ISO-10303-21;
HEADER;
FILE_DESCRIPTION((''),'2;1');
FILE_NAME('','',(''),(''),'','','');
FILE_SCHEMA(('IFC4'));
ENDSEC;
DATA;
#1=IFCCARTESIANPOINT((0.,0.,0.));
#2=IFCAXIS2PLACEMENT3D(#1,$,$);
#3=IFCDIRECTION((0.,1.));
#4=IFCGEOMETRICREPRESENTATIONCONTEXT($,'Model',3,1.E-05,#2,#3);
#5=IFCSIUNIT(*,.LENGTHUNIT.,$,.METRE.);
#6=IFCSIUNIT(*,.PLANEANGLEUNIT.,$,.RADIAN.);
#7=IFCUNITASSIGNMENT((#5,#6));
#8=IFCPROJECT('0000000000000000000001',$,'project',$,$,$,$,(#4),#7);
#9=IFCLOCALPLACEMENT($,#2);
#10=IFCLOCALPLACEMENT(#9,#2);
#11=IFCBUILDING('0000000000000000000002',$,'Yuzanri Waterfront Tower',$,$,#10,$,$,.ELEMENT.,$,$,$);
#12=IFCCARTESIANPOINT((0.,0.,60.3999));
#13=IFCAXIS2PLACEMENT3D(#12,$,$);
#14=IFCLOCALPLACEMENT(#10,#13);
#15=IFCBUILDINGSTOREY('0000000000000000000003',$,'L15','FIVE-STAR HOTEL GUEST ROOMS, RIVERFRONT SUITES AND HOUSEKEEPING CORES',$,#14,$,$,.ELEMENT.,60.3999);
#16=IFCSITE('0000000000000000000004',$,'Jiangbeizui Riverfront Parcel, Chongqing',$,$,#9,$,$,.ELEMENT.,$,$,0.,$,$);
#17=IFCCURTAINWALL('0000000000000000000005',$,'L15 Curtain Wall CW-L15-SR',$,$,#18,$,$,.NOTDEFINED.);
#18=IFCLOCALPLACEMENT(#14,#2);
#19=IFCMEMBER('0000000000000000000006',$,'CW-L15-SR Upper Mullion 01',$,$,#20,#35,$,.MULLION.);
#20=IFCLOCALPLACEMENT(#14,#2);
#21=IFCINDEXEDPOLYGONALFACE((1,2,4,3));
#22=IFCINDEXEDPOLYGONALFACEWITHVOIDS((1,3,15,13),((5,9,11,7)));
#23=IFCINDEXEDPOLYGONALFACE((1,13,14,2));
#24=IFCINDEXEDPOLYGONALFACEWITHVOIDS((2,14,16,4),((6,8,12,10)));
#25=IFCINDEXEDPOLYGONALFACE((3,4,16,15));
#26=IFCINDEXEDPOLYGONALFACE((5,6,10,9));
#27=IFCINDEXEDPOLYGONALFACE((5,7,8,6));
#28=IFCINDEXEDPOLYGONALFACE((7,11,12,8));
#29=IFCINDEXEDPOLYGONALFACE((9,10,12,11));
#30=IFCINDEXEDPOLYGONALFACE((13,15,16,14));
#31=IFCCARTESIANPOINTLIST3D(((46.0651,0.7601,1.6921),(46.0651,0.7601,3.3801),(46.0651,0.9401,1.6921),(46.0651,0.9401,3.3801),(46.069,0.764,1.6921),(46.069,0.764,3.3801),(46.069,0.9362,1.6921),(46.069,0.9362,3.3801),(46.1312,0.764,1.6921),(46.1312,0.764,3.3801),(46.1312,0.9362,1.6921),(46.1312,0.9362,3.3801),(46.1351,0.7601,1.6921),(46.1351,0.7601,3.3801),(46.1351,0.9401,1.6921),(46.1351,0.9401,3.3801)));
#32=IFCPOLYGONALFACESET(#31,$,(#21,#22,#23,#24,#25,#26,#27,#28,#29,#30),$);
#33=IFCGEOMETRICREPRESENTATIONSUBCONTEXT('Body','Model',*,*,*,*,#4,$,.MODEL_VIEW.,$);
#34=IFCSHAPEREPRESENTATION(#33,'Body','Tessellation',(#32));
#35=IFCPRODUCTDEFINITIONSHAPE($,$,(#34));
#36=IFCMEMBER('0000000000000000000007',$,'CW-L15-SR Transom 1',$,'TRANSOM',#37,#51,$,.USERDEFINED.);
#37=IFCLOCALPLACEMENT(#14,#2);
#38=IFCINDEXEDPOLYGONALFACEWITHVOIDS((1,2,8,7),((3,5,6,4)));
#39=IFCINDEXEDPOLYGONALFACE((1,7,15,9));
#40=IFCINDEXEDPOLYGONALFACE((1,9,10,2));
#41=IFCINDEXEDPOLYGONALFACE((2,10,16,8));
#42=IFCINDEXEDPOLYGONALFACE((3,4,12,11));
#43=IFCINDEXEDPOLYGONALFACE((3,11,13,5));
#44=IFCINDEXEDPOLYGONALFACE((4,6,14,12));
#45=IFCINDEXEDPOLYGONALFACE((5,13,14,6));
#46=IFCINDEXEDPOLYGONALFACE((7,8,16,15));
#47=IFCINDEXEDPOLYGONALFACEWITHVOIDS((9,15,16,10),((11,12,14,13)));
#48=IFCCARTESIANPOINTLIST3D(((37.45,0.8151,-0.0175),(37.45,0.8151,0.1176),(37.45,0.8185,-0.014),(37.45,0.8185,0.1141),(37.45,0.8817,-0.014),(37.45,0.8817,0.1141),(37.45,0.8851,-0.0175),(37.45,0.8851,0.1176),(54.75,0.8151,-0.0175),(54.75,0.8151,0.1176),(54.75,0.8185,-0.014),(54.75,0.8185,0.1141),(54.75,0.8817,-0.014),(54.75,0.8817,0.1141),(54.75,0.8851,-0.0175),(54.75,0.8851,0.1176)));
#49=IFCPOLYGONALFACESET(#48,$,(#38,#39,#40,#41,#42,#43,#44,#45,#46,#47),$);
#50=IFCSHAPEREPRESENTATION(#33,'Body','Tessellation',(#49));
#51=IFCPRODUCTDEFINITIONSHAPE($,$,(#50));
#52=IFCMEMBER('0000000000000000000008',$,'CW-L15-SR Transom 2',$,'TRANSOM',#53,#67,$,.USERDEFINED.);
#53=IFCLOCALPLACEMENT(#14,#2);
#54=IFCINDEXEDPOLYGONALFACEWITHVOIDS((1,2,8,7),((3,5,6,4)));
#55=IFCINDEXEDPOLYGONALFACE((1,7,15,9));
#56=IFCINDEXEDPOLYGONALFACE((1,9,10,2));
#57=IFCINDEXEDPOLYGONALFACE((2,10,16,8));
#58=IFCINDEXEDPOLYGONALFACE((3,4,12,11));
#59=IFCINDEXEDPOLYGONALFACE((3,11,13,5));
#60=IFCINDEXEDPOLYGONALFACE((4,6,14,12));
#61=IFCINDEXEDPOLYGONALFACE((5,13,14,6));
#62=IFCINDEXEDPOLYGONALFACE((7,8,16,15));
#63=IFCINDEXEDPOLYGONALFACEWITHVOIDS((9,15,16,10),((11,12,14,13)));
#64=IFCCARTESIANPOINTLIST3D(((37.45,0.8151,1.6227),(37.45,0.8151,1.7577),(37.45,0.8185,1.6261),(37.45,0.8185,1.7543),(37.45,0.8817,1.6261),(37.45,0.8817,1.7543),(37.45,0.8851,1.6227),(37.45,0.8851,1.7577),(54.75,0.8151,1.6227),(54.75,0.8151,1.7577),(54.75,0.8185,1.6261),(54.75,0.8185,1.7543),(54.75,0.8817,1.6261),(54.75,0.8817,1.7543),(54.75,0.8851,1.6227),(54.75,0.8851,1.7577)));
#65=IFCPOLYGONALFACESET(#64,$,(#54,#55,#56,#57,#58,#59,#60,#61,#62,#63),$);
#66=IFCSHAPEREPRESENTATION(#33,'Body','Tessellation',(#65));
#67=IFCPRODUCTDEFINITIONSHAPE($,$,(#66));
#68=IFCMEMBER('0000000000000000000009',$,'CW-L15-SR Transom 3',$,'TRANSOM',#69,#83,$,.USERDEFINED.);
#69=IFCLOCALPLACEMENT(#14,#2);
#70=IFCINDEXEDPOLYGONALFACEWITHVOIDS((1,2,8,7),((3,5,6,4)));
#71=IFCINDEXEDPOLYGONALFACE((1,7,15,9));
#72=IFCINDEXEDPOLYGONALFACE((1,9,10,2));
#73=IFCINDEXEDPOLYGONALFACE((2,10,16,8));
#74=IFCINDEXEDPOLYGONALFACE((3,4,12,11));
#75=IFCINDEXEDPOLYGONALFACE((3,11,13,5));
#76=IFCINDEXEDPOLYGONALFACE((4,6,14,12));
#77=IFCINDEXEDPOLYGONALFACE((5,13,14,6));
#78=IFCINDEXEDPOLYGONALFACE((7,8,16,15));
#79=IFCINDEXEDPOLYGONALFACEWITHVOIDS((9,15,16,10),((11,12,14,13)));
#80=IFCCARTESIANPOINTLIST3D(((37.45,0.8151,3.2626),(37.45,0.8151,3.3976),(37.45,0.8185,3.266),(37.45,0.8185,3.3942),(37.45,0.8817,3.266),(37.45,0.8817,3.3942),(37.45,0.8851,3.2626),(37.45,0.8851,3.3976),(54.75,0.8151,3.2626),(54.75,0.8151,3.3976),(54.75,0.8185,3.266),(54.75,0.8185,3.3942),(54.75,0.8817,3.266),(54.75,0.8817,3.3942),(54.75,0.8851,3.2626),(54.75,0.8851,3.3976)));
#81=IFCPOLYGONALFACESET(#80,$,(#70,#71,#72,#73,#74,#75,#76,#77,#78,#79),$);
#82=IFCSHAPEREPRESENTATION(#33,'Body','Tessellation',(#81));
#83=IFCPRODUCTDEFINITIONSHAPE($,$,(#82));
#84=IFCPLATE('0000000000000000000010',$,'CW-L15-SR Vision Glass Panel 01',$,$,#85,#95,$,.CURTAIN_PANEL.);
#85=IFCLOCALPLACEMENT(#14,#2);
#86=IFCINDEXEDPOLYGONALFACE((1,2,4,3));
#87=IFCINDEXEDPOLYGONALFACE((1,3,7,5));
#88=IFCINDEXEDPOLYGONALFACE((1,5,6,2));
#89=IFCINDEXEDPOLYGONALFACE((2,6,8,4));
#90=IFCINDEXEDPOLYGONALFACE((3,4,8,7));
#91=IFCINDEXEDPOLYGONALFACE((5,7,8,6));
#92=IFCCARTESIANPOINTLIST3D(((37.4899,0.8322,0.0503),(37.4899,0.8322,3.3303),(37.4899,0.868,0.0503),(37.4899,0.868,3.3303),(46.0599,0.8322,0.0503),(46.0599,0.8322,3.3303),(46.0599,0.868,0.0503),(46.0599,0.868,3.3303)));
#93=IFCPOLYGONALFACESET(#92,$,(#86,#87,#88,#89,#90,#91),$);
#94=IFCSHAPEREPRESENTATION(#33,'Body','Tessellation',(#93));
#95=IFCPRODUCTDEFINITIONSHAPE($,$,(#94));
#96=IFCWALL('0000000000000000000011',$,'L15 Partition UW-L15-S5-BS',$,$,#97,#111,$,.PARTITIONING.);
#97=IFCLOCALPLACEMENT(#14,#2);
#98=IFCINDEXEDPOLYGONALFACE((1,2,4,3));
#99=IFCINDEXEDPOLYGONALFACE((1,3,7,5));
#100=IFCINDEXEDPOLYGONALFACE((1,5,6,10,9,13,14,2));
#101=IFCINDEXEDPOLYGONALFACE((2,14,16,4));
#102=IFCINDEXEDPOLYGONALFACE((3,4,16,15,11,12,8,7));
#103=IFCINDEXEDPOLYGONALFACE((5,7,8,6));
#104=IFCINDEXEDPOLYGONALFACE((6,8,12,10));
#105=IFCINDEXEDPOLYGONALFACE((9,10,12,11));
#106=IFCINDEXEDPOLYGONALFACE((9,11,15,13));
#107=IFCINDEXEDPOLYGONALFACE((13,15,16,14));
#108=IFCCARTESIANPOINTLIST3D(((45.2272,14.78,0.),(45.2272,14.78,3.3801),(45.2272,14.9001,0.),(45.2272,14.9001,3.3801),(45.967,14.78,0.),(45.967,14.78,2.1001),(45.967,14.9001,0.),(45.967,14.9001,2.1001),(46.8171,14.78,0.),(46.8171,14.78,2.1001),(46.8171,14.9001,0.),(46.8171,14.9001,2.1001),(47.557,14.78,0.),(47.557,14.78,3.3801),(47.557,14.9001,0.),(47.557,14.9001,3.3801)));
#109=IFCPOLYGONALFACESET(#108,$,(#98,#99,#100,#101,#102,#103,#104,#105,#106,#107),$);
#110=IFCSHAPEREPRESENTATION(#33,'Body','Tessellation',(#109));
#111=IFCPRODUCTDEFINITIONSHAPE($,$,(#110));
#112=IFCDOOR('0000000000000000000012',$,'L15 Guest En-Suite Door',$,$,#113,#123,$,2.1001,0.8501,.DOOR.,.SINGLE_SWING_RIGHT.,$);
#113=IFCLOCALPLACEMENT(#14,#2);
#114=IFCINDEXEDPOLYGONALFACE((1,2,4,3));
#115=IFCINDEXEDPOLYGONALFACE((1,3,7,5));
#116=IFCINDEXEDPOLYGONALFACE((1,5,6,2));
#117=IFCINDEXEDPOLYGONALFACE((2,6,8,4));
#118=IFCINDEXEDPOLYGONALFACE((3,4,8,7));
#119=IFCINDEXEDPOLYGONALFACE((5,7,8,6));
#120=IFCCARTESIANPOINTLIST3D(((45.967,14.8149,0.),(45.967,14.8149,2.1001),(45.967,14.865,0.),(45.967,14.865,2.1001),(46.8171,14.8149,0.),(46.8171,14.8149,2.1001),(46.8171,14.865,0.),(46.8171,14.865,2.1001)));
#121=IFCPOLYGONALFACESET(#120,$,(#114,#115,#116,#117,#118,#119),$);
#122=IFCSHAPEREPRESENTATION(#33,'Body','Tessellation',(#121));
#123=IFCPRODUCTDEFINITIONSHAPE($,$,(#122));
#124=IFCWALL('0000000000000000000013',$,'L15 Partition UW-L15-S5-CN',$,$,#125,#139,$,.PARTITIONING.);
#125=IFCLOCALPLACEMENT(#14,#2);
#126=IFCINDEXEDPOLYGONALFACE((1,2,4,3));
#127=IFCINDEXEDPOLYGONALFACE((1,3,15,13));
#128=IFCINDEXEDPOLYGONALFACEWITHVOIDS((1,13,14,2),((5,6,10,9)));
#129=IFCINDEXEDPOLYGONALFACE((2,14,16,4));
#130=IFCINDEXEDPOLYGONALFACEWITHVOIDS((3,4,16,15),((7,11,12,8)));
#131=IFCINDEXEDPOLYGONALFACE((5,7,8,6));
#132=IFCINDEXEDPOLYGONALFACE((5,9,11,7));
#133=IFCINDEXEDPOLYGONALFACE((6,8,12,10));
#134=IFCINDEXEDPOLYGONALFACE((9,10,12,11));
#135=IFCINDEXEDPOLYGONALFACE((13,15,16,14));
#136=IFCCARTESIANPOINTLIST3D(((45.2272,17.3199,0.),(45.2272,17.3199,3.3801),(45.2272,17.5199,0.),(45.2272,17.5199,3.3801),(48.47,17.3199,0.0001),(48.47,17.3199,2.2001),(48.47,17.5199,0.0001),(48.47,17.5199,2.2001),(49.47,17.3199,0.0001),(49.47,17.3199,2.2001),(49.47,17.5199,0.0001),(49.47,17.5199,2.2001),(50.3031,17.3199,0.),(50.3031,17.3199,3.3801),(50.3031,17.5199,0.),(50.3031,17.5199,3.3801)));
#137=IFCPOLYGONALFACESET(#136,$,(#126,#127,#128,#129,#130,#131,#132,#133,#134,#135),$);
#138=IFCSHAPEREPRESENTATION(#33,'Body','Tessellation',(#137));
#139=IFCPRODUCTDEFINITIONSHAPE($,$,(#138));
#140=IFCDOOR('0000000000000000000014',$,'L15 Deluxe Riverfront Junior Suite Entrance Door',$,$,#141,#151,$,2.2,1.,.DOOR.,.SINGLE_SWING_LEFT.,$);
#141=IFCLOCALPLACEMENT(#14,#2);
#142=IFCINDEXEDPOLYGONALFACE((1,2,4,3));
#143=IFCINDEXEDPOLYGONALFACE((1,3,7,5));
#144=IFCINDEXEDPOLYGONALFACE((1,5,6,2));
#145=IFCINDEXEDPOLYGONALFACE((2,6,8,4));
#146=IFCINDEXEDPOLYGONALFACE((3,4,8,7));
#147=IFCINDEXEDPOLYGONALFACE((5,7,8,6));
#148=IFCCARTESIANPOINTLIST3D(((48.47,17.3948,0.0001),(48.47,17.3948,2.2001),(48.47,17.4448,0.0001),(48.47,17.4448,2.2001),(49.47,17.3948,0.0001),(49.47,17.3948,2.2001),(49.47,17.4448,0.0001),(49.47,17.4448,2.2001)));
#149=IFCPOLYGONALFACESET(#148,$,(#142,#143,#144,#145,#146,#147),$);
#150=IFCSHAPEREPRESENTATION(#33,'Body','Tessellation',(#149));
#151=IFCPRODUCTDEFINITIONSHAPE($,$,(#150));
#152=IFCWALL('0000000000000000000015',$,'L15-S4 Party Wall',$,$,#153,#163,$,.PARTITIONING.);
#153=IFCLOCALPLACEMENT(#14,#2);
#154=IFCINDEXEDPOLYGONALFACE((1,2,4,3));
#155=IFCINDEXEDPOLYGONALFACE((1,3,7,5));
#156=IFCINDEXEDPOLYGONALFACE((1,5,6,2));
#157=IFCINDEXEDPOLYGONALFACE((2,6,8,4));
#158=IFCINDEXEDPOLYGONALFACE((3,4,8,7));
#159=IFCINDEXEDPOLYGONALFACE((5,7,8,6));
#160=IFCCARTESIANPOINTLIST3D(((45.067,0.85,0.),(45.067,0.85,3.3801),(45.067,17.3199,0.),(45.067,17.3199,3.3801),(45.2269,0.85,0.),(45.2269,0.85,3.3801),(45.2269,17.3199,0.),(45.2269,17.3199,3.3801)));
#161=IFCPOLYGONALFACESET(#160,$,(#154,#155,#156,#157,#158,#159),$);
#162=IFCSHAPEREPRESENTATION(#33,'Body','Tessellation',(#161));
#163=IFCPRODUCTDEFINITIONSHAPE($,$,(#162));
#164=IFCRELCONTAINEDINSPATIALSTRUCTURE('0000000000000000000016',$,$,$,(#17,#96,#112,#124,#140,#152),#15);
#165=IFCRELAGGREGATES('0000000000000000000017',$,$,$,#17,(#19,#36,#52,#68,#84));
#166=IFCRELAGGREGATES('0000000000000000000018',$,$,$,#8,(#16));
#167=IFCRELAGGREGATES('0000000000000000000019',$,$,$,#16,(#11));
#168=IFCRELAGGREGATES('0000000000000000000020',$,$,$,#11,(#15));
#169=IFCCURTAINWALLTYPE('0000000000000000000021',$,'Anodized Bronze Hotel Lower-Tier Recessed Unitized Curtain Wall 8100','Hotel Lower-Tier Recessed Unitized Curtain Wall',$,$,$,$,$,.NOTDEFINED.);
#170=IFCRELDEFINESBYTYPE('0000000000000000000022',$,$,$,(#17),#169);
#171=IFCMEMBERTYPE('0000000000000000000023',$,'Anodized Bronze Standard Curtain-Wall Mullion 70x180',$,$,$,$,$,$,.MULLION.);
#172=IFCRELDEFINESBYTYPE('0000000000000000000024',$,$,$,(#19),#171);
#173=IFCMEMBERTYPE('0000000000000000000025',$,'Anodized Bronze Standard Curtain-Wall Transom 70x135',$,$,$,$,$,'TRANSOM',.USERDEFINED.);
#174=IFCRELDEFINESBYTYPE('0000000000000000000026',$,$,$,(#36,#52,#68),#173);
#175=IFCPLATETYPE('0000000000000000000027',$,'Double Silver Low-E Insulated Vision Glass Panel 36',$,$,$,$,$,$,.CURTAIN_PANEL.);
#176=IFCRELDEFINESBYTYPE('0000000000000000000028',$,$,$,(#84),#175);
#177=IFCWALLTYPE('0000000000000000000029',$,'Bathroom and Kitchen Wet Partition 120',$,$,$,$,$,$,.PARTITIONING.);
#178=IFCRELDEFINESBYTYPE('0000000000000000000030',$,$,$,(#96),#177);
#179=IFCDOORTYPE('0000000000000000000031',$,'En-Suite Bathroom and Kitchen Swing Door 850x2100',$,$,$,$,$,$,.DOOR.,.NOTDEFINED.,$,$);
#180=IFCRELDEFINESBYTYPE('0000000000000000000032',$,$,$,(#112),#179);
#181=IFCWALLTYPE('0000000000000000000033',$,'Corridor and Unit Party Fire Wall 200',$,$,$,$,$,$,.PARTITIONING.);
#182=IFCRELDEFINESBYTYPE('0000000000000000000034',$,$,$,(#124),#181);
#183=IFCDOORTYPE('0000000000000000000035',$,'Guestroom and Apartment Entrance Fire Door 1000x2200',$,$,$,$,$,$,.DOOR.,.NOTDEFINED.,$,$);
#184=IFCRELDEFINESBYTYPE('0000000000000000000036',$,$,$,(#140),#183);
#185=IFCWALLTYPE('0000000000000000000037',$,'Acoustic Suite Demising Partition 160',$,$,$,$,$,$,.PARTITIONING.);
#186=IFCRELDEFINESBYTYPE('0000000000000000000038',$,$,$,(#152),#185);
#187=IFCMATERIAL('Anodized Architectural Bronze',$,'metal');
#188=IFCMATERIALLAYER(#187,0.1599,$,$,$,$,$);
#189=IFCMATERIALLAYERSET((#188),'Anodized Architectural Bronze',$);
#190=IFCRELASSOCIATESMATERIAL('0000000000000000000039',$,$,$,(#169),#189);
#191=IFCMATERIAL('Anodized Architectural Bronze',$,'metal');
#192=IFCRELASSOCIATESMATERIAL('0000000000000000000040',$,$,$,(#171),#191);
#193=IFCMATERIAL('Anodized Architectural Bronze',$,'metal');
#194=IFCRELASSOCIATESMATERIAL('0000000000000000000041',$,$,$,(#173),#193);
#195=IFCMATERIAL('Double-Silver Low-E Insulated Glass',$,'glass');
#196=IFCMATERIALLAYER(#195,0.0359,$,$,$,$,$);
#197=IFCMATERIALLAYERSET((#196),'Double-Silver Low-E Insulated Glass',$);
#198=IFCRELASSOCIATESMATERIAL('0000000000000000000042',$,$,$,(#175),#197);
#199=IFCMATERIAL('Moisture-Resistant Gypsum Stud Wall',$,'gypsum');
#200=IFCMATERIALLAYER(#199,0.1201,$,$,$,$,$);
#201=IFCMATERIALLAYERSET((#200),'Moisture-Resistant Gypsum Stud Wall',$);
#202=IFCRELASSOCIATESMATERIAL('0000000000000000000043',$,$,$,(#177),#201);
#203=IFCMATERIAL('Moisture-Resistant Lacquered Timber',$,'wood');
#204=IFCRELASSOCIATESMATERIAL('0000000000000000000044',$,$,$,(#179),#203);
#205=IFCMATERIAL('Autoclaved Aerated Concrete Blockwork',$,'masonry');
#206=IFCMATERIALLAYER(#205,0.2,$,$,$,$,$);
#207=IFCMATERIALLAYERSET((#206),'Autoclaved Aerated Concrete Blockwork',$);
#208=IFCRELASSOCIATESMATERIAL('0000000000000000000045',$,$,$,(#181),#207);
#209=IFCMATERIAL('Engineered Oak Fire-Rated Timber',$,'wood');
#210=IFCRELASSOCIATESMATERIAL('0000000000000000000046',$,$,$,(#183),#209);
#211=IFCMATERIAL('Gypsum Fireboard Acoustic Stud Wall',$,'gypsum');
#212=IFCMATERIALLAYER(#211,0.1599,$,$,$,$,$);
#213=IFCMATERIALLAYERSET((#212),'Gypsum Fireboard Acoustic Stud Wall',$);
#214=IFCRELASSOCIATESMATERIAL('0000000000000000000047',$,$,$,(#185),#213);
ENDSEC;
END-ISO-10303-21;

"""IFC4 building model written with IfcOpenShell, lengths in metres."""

from ifc_helpers import new_model, si_unit, direction, frame, frame_2d, origin, origin_2d, place, context, subcontext, project, spatial, rectangle, hollow_rectangle, extrude, source, transform, mapped, material, layer, layer_set, material_profile, profile_set, type_object, element, fill, aggregate, save


model = new_model("IFC4")

# Units and contexts
model_context = context("Model", 3, precision=1e-05, world=origin(), true_north=direction((0.0, 1.0)))
body_context = subcontext(model_context, "Body", "Model", "MODEL_VIEW")
ifc_project = project(units=[si_unit("LENGTHUNIT", "METRE"), si_unit("PLANEANGLEUNIT", "RADIAN")], contexts=[model_context])

# Site, building, storey
site_placement = place(None, origin())
site = spatial("IfcSite", under=ifc_project, at=site_placement, Name="Jiangbeizui Riverfront Parcel, Chongqing", CompositionType="ELEMENT", RefElevation=0.0)
building_placement = place(site_placement, origin())
building = spatial("IfcBuilding", under=site, at=building_placement, Name="Yuzanri Waterfront Tower", CompositionType="ELEMENT")
storey_placement = place(building_placement, frame((0.0, 0.0, 60.3999)))
storey = spatial("IfcBuildingStorey", under=building, at=storey_placement, Name="L15", Description="FIVE-STAR HOTEL GUEST ROOMS, RIVERFRONT SUITES AND HOUSEKEEPING CORES", CompositionType="ELEMENT", Elevation=60.3999)

# Shared definitions
ifc_material_1 = material(Name="Anodized Architectural Bronze", Category="metal")
ifc_layer_1 = layer(ifc_material_1, 0.1599)
ifc_layer_set_1 = layer_set([ifc_layer_1], Name="Anodized Architectural Bronze")
curtain_wall_type = type_object("IfcCurtainWallType", Name="Anodized Bronze Hotel Lower-Tier Recessed Unitized Curtain Wall 8100", Description="Hotel Lower-Tier Recessed Unitized Curtain Wall", PredefinedType="NOTDEFINED", material=ifc_layer_set_1)
ifc_material_2 = material(Name="Anodized Architectural Bronze", Category="metal")
ifc_material_profile_1 = material_profile(ifc_material_2, hollow_rectangle(XDim=0.0701, YDim=0.1799, WallThickness=0.0039, at=origin_2d()), Name="CWM 70x180")
ifc_profile_set_1 = profile_set([ifc_material_profile_1], Name="Anodized Architectural Bronze")
member_type_1 = type_object("IfcMemberType", Name="Anodized Bronze Standard Curtain-Wall Mullion 70x180", PredefinedType="MULLION", material=ifc_profile_set_1)
shared_shape_1 = source(origin(), body_context, "Body", "SweptSolid", [
    extrude(hollow_rectangle(XDim=0.0701, YDim=0.1799, WallThickness=0.0039, at=origin_2d()), origin(), (0.0, 0.0, 1.0), 1.688),
])

# Curtain wall, members, plate
curtain_wall_1_placement = place(storey_placement, origin())
curtain_wall_1 = element("IfcCurtainWall", 1, at=curtain_wall_1_placement, inside=storey, type_object=curtain_wall_type, Name="L15 Curtain Wall CW-L15-SR", PredefinedType="NOTDEFINED")
member_1_placement = place(storey_placement, frame((46.1001, 0.8501, 1.6921), z_axis=(0.0, 0.0, 1.0), x_axis=(1.0, 0.0, 0.0)))
member_1 = element("IfcMember", 2, at=member_1_placement, type_object=member_type_1, Name="CW-L15-SR Upper Mullion 01", PredefinedType="MULLION", context=body_context, shape_type="MappedRepresentation", body=[
    mapped(shared_shape_1, transform((0.0, 0.0, 0.0), scale=1.0)),
])
ifc_material_3 = material(Name="Anodized Architectural Bronze", Category="metal")
ifc_material_profile_2 = material_profile(ifc_material_3, hollow_rectangle(XDim=0.0701, YDim=0.135, WallThickness=0.0034, at=origin_2d()), Name="CWT 70x135")
ifc_profile_set_2 = profile_set([ifc_material_profile_2], Name="Anodized Architectural Bronze")
member_type_2 = type_object("IfcMemberType", Name="Anodized Bronze Standard Curtain-Wall Transom 70x135", ElementType="TRANSOM", PredefinedType="USERDEFINED", material=ifc_profile_set_2)
shared_shape_2 = source(origin(), body_context, "Body", "SweptSolid", [
    extrude(hollow_rectangle(XDim=0.0701, YDim=0.135, WallThickness=0.0034, at=origin_2d()), origin(), (0.0, 0.0, 1.0), 17.3),
])
member_2_placement = place(storey_placement, frame((37.45, 0.8501, 0.05), z_axis=(1.0, 0.0, 0.0), x_axis=(0.0, 1.0, 0.0)))
member_2 = element("IfcMember", 3, at=member_2_placement, type_object=member_type_2, Name="CW-L15-SR Transom 1", ObjectType="TRANSOM", PredefinedType="USERDEFINED", context=body_context, shape_type="MappedRepresentation", body=[
    mapped(shared_shape_2, transform((0.0, 0.0, 0.0), scale=1.0)),
])
member_3_placement = place(storey_placement, frame((37.45, 0.8501, 1.6902), z_axis=(1.0, 0.0, 0.0), x_axis=(0.0, 1.0, 0.0)))
member_3 = element("IfcMember", 4, at=member_3_placement, type_object=member_type_2, Name="CW-L15-SR Transom 2", ObjectType="TRANSOM", PredefinedType="USERDEFINED", context=body_context, shape_type="MappedRepresentation", body=[
    mapped(shared_shape_2, transform((0.0, 0.0, 0.0), scale=1.0)),
])
member_4_placement = place(storey_placement, frame((37.45, 0.8501, 3.3301), z_axis=(1.0, 0.0, 0.0), x_axis=(0.0, 1.0, 0.0)))
member_4 = element("IfcMember", 5, at=member_4_placement, type_object=member_type_2, Name="CW-L15-SR Transom 3", ObjectType="TRANSOM", PredefinedType="USERDEFINED", context=body_context, shape_type="MappedRepresentation", body=[
    mapped(shared_shape_2, transform((0.0, 0.0, 0.0), scale=1.0)),
])
ifc_material_4 = material(Name="Double-Silver Low-E Insulated Glass", Category="glass")
ifc_layer_2 = layer(ifc_material_4, 0.0359)
ifc_layer_set_2 = layer_set([ifc_layer_2], Name="Double-Silver Low-E Insulated Glass")
plate_type = type_object("IfcPlateType", Name="Double Silver Low-E Insulated Vision Glass Panel 36", PredefinedType="CURTAIN_PANEL", material=ifc_layer_set_2)
shared_shape_3 = source(origin(), body_context, "Body", "SweptSolid", [
    extrude(rectangle(XDim=8.5701, YDim=0.0359, at=origin_2d()), origin(), (0.0, 0.0, 1.0), 3.28),
])
plate_placement = place(storey_placement, frame((41.7749, 0.8501, 0.0503), z_axis=(0.0, 0.0, 1.0), x_axis=(1.0, 0.0, 0.0)))
plate = element("IfcPlate", 6, at=plate_placement, type_object=plate_type, Name="CW-L15-SR Vision Glass Panel 01", PredefinedType="CURTAIN_PANEL", context=body_context, shape_type="MappedRepresentation", body=[
    mapped(shared_shape_3, transform((0.0, 0.0, 0.0), scale=1.0)),
])
aggregate(curtain_wall_1, [member_1, member_2, member_3, member_4, plate])

# Walls, openings, doors
ifc_material_5 = material(Name="Moisture-Resistant Gypsum Stud Wall", Category="gypsum")
ifc_layer_3 = layer(ifc_material_5, 0.1201)
ifc_layer_set_3 = layer_set([ifc_layer_3], Name="Moisture-Resistant Gypsum Stud Wall")
wall_type_1 = type_object("IfcWallType", Name="Bathroom and Kitchen Wet Partition 120", PredefinedType="PARTITIONING", material=ifc_layer_set_3)
wall_1_placement = place(storey_placement, frame((45.2271, 14.8401, 0.0), z_axis=(0.0, 0.0, 1.0), x_axis=(1.0, 0.0, 0.0)))
wall_1 = element("IfcWall", 7, at=wall_1_placement, inside=storey, type_object=wall_type_1, Name="L15 Partition UW-L15-S5-BS", PredefinedType="PARTITIONING", context=body_context, shape_type="SweptSolid", body=[
    extrude(rectangle(XDim=2.3298, YDim=0.1201, at=frame_2d((1.165, 0.0))), origin(), (0.0, 0.0, 1.0), 3.3801),
])
opening_1_placement = place(wall_1_placement, frame((0.74, 0.0, 0.0)))
opening_1 = element("IfcOpeningElement", 8, at=opening_1_placement, cuts=wall_1, PredefinedType="OPENING", context=body_context, shape_type="SweptSolid", body=[
    extrude(rectangle(XDim=0.8501, YDim=2.1001, at=frame_2d((0.425, 1.05))), frame((0.0, 0.075, 0.0), z_axis=(0.0, -1.0, 0.0), x_axis=(1.0, 0.0, 0.0)), (0.0, 0.0, 1.0), 0.1499),
])
ifc_material_6 = material(Name="Moisture-Resistant Lacquered Timber", Category="wood")
door_type_1 = type_object("IfcDoorType", Name="En-Suite Bathroom and Kitchen Swing Door 850x2100", OperationType="NOTDEFINED", PredefinedType="DOOR", material=ifc_material_6)
shared_shape_4 = source(origin(), body_context, "Body", "SweptSolid", [
    extrude(rectangle(XDim=0.8501, YDim=2.1001, at=frame_2d((0.425, 1.05))), frame((0.0, 0.0249, 0.0), z_axis=(0.0, -1.0, 0.0), x_axis=(1.0, 0.0, 0.0)), (0.0, 0.0, 1.0), 0.05),
])
door_1_placement = place(opening_1_placement, origin())
door_1 = element("IfcDoor", 9, at=door_1_placement, inside=storey, type_object=door_type_1, Name="L15 Guest En-Suite Door", OperationType="SINGLE_SWING_RIGHT", OverallHeight=2.1001, OverallWidth=0.8501, PredefinedType="DOOR", context=body_context, shape_type="MappedRepresentation", body=[
    mapped(shared_shape_4, transform((0.0, 0.0, 0.0), scale=1.0)),
])
fill(opening_1, door_1)
ifc_material_7 = material(Name="Autoclaved Aerated Concrete Blockwork", Category="masonry")
ifc_layer_4 = layer(ifc_material_7, 0.2)
ifc_layer_set_4 = layer_set([ifc_layer_4], Name="Autoclaved Aerated Concrete Blockwork")
wall_type_2 = type_object("IfcWallType", Name="Corridor and Unit Party Fire Wall 200", PredefinedType="PARTITIONING", material=ifc_layer_set_4)
wall_2_placement = place(storey_placement, frame((45.2271, 17.4199, 0.0), z_axis=(0.0, 0.0, 1.0), x_axis=(1.0, 0.0, 0.0)))
wall_2 = element("IfcWall", 10, at=wall_2_placement, inside=storey, type_object=wall_type_2, Name="L15 Partition UW-L15-S5-CN", PredefinedType="PARTITIONING", context=body_context, shape_type="SweptSolid", body=[
    extrude(rectangle(XDim=5.0759, YDim=0.2, at=frame_2d((2.5381, 0.0))), origin(), (0.0, 0.0, 1.0), 3.3801),
])
opening_2_placement = place(wall_2_placement, frame((3.2429, 0.0, 0.0)))
opening_2 = element("IfcOpeningElement", 11, at=opening_2_placement, cuts=wall_2, PredefinedType="OPENING", context=body_context, shape_type="SweptSolid", body=[
    extrude(rectangle(XDim=1.0, YDim=2.2, at=frame_2d((0.5, 1.1001))), frame((0.0, 0.1147, 0.0), z_axis=(0.0, -1.0, 0.0), x_axis=(1.0, 0.0, 0.0)), (0.0, 0.0, 1.0), 0.2297),
])
ifc_material_8 = material(Name="Engineered Oak Fire-Rated Timber", Category="wood")
door_type_2 = type_object("IfcDoorType", Name="Guestroom and Apartment Entrance Fire Door 1000x2200", OperationType="NOTDEFINED", PredefinedType="DOOR", material=ifc_material_8)
shared_shape_5 = source(origin(), body_context, "Body", "SweptSolid", [
    extrude(rectangle(XDim=1.0, YDim=2.2, at=frame_2d((0.5, 1.1001))), frame((0.0, 0.0249, 0.0), z_axis=(0.0, -1.0, 0.0), x_axis=(1.0, 0.0, 0.0)), (0.0, 0.0, 1.0), 0.05),
])
door_2_placement = place(opening_2_placement, origin())
door_2 = element("IfcDoor", 12, at=door_2_placement, inside=storey, type_object=door_type_2, Name="L15 Deluxe Riverfront Junior Suite Entrance Door", OperationType="SINGLE_SWING_LEFT", OverallHeight=2.2, OverallWidth=1.0, PredefinedType="DOOR", context=body_context, shape_type="MappedRepresentation", body=[
    mapped(shared_shape_5, transform((0.0, 0.0, 0.0), scale=1.0)),
])
fill(opening_2, door_2)

# Wall
ifc_material_9 = material(Name="Gypsum Fireboard Acoustic Stud Wall", Category="gypsum")
ifc_layer_5 = layer(ifc_material_9, 0.1599)
ifc_layer_set_5 = layer_set([ifc_layer_5], Name="Gypsum Fireboard Acoustic Stud Wall")
wall_type_3 = type_object("IfcWallType", Name="Acoustic Suite Demising Partition 160", PredefinedType="PARTITIONING", material=ifc_layer_set_5)
shared_shape_6 = source(origin(), body_context, "Body", "SweptSolid", [
    extrude(rectangle(XDim=16.47, YDim=0.1599, at=frame_2d((8.2349, 0.0))), origin(), (0.0, 0.0, 1.0), 3.3801),
])
wall_3_placement = place(storey_placement, frame((45.147, 0.8501, 0.0), z_axis=(0.0, 0.0, 1.0), x_axis=(0.0, 1.0, 0.0)))
element("IfcWall", 13, at=wall_3_placement, inside=storey, type_object=wall_type_3, Name="L15-S4 Party Wall", PredefinedType="PARTITIONING", context=body_context, shape_type="MappedRepresentation", body=[
    mapped(shared_shape_6, transform((0.0, 0.0, 0.0), scale=1.0)),
])

save(model, "model.ifc")
